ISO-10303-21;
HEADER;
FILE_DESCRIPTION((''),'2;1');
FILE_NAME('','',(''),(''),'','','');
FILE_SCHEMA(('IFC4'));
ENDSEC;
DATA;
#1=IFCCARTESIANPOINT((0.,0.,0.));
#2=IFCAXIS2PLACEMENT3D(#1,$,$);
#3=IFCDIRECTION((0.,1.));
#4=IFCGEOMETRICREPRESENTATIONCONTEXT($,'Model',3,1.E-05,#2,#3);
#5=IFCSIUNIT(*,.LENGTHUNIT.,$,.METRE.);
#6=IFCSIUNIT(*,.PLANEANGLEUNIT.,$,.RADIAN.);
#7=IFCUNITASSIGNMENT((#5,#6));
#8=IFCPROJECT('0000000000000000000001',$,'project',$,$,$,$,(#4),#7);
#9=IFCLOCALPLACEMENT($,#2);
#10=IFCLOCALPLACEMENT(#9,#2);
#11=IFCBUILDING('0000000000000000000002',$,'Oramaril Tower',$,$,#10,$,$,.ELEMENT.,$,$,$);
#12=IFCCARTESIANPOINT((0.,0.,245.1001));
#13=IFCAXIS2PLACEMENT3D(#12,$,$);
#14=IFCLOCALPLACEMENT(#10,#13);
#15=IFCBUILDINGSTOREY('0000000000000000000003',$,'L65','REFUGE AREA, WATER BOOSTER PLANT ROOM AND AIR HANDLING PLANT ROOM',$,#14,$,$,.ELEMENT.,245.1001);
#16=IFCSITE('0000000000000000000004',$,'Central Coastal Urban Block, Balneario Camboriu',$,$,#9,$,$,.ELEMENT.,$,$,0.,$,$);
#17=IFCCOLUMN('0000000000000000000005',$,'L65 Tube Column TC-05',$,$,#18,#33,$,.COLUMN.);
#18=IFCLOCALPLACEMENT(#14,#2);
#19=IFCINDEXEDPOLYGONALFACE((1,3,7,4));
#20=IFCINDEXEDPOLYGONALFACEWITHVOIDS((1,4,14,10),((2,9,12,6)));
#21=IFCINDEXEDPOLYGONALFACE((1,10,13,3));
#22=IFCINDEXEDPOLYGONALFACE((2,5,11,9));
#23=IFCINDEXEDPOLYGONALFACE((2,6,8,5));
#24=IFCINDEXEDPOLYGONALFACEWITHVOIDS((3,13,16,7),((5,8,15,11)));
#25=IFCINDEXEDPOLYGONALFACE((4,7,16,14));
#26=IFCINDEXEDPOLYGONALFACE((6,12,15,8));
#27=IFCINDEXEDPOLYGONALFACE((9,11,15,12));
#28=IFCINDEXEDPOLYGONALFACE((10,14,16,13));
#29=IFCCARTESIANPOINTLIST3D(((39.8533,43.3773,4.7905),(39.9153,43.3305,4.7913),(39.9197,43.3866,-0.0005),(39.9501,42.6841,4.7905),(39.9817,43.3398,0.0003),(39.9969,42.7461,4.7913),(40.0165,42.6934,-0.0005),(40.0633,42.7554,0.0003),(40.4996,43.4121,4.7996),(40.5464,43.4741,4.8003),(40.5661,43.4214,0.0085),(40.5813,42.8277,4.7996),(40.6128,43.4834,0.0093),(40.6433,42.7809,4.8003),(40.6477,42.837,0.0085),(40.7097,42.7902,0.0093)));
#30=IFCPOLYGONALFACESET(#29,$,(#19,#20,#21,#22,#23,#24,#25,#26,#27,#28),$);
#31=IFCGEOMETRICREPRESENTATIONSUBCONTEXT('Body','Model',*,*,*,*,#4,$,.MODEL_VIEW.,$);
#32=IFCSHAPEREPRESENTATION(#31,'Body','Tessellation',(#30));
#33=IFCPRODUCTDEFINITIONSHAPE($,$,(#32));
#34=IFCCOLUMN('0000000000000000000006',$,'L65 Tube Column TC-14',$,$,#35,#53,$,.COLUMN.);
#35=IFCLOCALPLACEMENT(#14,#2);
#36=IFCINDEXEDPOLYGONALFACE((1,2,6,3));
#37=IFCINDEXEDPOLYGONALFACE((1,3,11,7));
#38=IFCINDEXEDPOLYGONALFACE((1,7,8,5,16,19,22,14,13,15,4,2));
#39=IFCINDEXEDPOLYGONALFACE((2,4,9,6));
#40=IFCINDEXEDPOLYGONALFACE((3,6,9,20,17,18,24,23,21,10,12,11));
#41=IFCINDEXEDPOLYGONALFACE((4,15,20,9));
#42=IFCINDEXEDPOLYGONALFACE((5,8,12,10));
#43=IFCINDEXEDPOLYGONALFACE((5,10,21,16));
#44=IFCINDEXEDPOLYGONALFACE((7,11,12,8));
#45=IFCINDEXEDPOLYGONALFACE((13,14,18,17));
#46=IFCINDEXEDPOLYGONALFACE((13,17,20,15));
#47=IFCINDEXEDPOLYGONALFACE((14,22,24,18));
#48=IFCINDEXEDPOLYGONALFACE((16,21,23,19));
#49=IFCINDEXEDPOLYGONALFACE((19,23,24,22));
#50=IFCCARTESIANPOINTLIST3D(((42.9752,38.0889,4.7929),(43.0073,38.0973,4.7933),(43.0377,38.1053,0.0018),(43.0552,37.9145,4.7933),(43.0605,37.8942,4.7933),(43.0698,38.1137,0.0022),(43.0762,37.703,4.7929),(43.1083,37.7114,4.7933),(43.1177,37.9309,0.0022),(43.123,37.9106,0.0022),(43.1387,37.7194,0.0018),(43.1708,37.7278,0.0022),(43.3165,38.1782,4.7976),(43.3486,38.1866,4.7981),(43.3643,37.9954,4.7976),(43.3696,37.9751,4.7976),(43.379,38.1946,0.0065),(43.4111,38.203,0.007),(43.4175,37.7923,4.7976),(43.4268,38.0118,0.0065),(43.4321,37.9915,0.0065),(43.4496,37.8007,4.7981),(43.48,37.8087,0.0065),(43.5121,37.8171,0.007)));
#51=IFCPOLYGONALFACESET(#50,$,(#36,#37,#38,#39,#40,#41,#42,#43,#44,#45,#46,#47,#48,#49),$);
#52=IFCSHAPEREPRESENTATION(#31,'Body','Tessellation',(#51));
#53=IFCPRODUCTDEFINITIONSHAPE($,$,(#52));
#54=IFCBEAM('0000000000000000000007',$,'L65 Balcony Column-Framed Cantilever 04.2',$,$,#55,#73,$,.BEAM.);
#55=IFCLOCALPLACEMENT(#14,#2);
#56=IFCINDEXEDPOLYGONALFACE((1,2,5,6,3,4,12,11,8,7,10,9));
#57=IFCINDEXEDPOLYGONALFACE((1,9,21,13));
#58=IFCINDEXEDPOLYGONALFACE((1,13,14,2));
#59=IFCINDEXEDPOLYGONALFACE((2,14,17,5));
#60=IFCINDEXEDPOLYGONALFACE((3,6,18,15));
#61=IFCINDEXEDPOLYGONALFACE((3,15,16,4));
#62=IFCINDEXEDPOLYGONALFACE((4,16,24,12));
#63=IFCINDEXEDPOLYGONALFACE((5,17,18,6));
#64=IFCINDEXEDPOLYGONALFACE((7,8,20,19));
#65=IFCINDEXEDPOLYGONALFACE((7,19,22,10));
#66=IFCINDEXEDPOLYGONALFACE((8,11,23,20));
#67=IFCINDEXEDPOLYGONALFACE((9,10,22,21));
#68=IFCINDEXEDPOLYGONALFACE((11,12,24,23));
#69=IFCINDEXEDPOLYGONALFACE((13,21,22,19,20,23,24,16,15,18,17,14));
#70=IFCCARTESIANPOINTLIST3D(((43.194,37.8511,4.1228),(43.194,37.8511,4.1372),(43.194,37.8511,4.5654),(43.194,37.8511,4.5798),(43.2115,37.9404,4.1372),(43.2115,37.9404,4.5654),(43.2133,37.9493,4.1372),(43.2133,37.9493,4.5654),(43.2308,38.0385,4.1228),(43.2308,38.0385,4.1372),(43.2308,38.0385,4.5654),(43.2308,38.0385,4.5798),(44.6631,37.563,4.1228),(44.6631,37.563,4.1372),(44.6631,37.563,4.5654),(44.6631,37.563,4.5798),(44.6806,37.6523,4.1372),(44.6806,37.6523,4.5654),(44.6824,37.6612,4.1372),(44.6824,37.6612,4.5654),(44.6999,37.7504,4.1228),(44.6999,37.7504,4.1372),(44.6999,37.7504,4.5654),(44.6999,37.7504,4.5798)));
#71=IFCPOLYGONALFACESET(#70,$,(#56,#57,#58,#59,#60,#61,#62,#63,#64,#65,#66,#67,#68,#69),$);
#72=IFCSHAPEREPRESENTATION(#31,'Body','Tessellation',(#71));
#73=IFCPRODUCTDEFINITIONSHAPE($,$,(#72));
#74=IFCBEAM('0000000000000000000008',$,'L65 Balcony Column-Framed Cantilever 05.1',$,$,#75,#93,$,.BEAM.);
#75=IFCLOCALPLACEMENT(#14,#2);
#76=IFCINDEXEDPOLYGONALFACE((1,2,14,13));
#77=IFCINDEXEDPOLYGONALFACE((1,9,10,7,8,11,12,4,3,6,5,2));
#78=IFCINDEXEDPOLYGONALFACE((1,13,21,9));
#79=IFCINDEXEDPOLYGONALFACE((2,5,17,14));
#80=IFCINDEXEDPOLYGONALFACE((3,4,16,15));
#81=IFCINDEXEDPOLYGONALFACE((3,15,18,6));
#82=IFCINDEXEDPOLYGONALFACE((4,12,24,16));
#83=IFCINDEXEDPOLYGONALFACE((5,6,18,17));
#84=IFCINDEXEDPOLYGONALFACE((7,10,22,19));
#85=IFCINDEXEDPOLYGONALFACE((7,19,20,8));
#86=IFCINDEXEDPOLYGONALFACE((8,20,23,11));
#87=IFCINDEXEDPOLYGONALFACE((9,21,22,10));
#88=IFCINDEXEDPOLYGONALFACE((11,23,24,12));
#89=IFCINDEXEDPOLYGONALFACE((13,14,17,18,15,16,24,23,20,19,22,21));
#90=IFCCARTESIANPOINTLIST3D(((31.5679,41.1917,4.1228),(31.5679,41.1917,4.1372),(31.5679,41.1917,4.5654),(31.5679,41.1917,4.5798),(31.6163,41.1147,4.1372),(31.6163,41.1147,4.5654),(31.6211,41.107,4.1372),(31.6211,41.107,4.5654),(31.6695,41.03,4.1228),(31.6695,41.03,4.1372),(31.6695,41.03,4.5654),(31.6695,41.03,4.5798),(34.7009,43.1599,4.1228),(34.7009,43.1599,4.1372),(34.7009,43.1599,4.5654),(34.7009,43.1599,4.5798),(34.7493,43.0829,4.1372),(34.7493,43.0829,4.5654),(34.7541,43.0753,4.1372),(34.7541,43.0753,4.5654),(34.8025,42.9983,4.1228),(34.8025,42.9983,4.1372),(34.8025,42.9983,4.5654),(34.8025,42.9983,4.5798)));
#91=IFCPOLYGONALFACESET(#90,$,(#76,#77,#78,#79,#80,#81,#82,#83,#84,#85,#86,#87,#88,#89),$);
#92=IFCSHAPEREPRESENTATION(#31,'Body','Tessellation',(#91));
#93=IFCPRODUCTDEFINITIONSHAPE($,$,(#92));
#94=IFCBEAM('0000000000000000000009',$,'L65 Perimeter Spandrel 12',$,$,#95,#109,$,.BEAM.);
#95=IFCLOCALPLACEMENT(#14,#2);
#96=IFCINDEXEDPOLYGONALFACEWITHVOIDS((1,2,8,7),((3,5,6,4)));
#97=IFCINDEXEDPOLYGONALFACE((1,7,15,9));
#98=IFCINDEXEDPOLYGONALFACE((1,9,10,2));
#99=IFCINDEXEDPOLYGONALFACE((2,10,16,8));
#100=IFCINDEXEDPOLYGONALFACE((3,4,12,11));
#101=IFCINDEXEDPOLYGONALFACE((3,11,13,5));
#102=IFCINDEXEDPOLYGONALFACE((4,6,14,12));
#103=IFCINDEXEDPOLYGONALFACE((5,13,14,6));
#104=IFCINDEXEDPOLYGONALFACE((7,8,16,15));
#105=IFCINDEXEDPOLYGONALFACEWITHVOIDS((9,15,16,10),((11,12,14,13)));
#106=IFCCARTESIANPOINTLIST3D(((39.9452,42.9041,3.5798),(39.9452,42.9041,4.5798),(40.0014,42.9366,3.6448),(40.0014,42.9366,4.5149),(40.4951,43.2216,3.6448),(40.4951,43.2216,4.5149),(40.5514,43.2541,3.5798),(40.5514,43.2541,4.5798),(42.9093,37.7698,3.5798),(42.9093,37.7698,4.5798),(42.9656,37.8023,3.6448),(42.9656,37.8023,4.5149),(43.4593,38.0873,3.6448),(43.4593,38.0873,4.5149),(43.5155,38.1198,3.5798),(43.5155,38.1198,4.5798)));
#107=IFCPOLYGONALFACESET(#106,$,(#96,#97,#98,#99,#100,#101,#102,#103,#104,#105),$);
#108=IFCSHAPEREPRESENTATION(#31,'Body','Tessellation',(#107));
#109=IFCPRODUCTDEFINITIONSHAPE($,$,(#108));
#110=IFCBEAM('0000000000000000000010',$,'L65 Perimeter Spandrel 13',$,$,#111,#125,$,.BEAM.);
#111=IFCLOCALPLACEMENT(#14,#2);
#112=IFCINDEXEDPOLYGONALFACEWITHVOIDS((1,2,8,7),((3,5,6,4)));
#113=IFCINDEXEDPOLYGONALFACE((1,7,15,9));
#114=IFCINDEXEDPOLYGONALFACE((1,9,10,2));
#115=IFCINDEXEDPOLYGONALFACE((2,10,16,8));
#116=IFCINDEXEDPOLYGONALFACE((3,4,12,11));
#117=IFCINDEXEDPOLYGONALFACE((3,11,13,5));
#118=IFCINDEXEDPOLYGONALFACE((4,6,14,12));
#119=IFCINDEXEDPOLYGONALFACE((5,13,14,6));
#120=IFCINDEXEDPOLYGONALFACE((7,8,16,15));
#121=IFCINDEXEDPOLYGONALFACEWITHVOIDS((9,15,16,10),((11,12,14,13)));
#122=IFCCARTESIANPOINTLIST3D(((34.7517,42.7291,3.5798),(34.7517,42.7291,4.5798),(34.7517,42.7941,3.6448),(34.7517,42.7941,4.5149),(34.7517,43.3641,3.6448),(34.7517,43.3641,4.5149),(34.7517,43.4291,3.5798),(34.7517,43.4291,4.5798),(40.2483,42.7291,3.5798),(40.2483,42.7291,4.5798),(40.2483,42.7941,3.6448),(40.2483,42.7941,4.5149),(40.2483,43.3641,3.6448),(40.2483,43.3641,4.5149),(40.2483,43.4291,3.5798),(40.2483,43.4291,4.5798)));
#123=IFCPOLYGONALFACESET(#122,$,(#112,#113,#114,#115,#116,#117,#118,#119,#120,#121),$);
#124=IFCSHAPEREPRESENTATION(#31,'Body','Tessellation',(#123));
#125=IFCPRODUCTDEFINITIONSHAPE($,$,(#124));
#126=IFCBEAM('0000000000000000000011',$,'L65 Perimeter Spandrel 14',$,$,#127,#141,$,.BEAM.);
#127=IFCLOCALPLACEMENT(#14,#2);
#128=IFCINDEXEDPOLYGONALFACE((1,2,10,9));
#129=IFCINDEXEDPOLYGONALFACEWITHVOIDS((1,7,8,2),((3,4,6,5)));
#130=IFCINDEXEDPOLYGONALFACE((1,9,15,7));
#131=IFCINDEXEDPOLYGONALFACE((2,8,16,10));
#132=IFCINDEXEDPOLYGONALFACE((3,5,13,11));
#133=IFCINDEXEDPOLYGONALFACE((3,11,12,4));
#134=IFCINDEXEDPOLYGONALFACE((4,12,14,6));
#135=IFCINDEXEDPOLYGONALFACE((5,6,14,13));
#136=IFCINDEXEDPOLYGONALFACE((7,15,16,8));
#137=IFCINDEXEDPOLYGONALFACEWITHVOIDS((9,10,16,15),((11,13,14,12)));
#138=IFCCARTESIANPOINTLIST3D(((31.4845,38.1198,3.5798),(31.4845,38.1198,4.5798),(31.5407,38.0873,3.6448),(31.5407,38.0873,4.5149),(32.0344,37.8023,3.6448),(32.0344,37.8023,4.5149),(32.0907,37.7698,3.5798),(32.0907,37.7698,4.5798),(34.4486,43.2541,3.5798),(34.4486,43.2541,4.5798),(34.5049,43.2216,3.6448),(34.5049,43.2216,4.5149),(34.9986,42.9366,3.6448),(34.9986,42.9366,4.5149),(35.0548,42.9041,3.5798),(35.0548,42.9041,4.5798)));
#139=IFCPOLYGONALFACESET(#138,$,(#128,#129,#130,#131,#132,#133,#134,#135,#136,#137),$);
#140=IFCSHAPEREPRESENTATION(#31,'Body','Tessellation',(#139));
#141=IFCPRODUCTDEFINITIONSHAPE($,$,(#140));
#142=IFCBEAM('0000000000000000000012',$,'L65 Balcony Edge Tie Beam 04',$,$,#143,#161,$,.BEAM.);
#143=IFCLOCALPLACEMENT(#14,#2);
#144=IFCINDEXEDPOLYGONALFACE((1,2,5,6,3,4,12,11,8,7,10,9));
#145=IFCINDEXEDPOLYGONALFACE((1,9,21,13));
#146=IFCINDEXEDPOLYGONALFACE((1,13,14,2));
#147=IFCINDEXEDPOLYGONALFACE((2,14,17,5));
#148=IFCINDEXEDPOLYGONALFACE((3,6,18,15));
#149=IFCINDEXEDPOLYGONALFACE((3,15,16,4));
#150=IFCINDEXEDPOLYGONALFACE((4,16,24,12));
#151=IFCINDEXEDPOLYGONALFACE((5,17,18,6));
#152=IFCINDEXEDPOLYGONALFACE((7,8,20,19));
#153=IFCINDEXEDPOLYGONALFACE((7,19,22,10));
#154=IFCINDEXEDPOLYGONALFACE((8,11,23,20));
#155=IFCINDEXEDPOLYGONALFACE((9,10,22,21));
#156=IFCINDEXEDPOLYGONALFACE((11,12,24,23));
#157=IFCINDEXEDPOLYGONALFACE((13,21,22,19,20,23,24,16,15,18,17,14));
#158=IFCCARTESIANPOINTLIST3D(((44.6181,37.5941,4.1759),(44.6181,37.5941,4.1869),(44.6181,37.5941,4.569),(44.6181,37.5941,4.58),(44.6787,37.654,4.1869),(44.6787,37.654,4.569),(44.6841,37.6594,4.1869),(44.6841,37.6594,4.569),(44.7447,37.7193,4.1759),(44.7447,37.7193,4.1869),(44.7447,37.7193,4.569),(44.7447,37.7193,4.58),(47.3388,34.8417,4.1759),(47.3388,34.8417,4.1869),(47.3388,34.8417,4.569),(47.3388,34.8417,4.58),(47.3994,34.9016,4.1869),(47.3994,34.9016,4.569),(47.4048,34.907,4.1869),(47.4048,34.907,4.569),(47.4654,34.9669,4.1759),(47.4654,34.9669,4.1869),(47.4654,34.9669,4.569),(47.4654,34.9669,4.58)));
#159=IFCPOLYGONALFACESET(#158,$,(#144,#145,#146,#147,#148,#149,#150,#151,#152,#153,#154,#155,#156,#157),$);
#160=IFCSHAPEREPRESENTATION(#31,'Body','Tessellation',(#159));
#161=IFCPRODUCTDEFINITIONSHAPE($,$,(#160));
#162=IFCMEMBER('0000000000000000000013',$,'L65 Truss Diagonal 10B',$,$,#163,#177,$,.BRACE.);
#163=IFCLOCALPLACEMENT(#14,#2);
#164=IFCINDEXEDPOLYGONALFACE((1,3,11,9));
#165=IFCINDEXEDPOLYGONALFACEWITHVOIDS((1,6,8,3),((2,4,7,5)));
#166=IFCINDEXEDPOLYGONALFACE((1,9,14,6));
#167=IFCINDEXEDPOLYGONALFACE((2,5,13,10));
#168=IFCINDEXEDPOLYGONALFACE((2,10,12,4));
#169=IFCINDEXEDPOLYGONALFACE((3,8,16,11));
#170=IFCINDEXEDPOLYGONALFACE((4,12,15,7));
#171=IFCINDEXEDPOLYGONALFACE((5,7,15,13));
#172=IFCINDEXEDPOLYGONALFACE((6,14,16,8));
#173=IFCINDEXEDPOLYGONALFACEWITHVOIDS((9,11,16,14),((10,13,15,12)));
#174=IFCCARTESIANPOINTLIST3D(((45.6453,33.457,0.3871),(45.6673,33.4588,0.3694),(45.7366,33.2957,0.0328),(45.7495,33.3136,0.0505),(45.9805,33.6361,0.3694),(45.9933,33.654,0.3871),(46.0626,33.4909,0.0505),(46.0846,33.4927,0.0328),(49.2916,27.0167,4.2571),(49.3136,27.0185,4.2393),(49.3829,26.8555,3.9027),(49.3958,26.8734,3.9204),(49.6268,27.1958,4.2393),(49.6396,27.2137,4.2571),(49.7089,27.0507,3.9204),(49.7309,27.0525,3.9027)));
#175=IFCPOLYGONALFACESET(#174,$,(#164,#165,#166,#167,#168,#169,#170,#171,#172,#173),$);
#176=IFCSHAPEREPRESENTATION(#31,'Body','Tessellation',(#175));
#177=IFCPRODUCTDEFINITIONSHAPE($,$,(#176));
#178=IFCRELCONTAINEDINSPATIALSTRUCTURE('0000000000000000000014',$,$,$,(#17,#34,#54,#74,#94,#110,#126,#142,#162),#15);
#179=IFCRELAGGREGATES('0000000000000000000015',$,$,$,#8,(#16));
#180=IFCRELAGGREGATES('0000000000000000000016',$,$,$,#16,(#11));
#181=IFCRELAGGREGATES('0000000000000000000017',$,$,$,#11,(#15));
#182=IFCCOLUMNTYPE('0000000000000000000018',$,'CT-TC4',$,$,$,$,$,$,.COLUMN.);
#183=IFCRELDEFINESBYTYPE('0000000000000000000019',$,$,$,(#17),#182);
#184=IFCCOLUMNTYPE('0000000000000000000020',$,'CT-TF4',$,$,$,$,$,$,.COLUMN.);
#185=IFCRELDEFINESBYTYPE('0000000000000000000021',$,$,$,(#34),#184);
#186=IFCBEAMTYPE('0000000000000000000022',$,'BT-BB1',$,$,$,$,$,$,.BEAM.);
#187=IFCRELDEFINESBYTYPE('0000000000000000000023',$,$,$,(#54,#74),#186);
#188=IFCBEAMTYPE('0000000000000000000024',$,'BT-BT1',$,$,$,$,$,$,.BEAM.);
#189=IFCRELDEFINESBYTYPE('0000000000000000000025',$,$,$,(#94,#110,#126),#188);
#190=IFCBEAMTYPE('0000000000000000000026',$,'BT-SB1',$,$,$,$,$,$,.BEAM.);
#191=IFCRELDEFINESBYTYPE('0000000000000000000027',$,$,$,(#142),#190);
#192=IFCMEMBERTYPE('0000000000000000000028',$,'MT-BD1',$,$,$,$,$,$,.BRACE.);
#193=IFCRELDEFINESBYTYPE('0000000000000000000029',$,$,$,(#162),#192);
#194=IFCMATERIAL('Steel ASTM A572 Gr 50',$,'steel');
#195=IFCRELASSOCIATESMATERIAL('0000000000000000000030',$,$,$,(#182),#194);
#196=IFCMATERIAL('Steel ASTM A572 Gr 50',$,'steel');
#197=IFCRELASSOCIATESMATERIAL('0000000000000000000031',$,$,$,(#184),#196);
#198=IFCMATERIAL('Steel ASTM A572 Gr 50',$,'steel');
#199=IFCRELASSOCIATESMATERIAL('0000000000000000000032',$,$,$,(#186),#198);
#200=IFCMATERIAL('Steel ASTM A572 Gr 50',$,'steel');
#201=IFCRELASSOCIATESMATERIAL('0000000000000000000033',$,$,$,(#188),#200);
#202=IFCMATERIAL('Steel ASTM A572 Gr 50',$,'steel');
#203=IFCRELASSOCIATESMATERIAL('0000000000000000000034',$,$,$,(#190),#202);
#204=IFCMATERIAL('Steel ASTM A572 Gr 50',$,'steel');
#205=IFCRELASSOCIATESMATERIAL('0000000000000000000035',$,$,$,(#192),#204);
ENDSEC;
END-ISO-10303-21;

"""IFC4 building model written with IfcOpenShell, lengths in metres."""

from ifc_helpers import new_model, si_unit, direction, frame, origin, origin_2d, place, context, subcontext, project, spatial, hollow_rectangle, i_section, extrude, material, material_profile, profile_set, type_object, element, save


model = new_model("IFC4")

# Units and contexts
model_context = context("Model", 3, precision=1e-05, world=origin(), true_north=direction((0.0, 1.0)))
body_context = subcontext(model_context, "Body", "Model", "MODEL_VIEW")
ifc_project = project(units=[si_unit("LENGTHUNIT", "METRE"), si_unit("PLANEANGLEUNIT", "RADIAN")], contexts=[model_context])

# Site, building, storey
site_placement = place(None, origin())
site = spatial("IfcSite", under=ifc_project, at=site_placement, Name="Central Coastal Urban Block, Balneario Camboriu", CompositionType="ELEMENT", RefElevation=0.0)
building_placement = place(site_placement, origin())
building = spatial("IfcBuilding", under=site, at=building_placement, Name="Oramaril Tower", CompositionType="ELEMENT")
storey_placement = place(building_placement, frame((0.0, 0.0, 245.1001)))
storey = spatial("IfcBuildingStorey", under=building, at=storey_placement, Name="L65", Description="REFUGE AREA, WATER BOOSTER PLANT ROOM AND AIR HANDLING PLANT ROOM", CompositionType="ELEMENT", Elevation=245.1001)

# Columns
ifc_material_1 = material(Name="Steel ASTM A572 Gr 50", Category="steel")
ifc_material_profile_1 = material_profile(ifc_material_1, hollow_rectangle(XDim=0.7, YDim=0.7, WallThickness=0.0549, at=origin_2d()), Name="BOX700X700X55")
ifc_profile_set_1 = profile_set([ifc_material_profile_1], Name="Steel ASTM A572 Gr 50")
column_type_1 = type_object("IfcColumnType", Name="CT-TC4", PredefinedType="COLUMN", material=ifc_profile_set_1)
column_1_placement = place(storey_placement, frame((40.3147, 43.0884, 0.0044), z_axis=(-0.013859, -0.001936, 0.999902), x_axis=(0.138362, -0.990382, 0.0)))
element("IfcColumn", 1, at=column_1_placement, inside=storey, type_object=column_type_1, Name="L65 Tube Column TC-05", PredefinedType="COLUMN", context=body_context, shape_type="SweptSolid", body=[
    extrude(hollow_rectangle(XDim=0.7, YDim=0.7, WallThickness=0.0549, at=origin_2d()), origin(), (0.0, 0.0, 1.0), 4.7915),
])
ifc_material_2 = material(Name="Steel ASTM A572 Gr 50", Category="steel")
ifc_material_profile_2 = material_profile(ifc_material_2, i_section(OverallWidth=0.3989, OverallDepth=0.386, WebThickness=0.021, FlangeThickness=0.0332, at=origin_2d()), Name="W14X176")
ifc_profile_set_2 = profile_set([ifc_material_profile_2], Name="Steel ASTM A572 Gr 50")
column_type_2 = type_object("IfcColumnType", Name="CT-TF4", PredefinedType="COLUMN", material=ifc_profile_set_2)
column_2_placement = place(storey_placement, frame((43.2749, 37.9612, 0.0044), z_axis=(-0.013044, -0.003414, 0.999909), x_axis=(0.253191, -0.967416, 0.0)))
element("IfcColumn", 2, at=column_2_placement, inside=storey, type_object=column_type_2, Name="L65 Tube Column TC-14", PredefinedType="COLUMN", context=body_context, shape_type="SweptSolid", body=[
    extrude(i_section(OverallWidth=0.3989, OverallDepth=0.386, WebThickness=0.021, FlangeThickness=0.0332, at=origin_2d()), origin(), (0.0, 0.0, 1.0), 4.7915),
])

# Beams
ifc_material_3 = material(Name="Steel ASTM A572 Gr 50", Category="steel")
ifc_material_profile_3 = material_profile(ifc_material_3, i_section(OverallWidth=0.1909, OverallDepth=0.457, WebThickness=0.009, FlangeThickness=0.0144, at=origin_2d()), Name="W18X50")
ifc_profile_set_3 = profile_set([ifc_material_profile_3], Name="Steel ASTM A572 Gr 50")
beam_type_1 = type_object("IfcBeamType", Name="BT-BB1", PredefinedType="BEAM", material=ifc_profile_set_3)
beam_1_placement = place(storey_placement, frame((43.2124, 37.9448, 4.3513), z_axis=(0.981308, -0.192445, 0.0), x_axis=(0.192445, 0.981308, 0.0)))
element("IfcBeam", 3, at=beam_1_placement, inside=storey, type_object=beam_type_1, Name="L65 Balcony Column-Framed Cantilever 04.2", PredefinedType="BEAM", context=body_context, shape_type="SweptSolid", body=[
    extrude(i_section(OverallWidth=0.1909, OverallDepth=0.457, WebThickness=0.009, FlangeThickness=0.0144, at=origin_2d()), origin(), (0.0, 0.0, 1.0), 1.4971),
])
beam_2_placement = place(storey_placement, frame((34.7517, 43.0791, 4.3513), z_axis=(-0.846769, -0.531961, 0.0), x_axis=(0.531961, -0.846769, 0.0)))
element("IfcBeam", 4, at=beam_2_placement, inside=storey, type_object=beam_type_1, Name="L65 Balcony Column-Framed Cantilever 05.1", PredefinedType="BEAM", context=body_context, shape_type="SweptSolid", body=[
    extrude(i_section(OverallWidth=0.1909, OverallDepth=0.457, WebThickness=0.009, FlangeThickness=0.0144, at=origin_2d()), origin(), (0.0, 0.0, 1.0), 3.7),
])
ifc_material_4 = material(Name="Steel ASTM A572 Gr 50", Category="steel")
ifc_material_profile_4 = material_profile(ifc_material_4, hollow_rectangle(XDim=0.7, YDim=1.0, WallThickness=0.0649, at=origin_2d()), Name="BOX1000X700X65")
ifc_profile_set_4 = profile_set([ifc_material_profile_4], Name="Steel ASTM A572 Gr 50")
beam_type_2 = type_object("IfcBeamType", Name="BT-BT1", PredefinedType="BEAM", material=ifc_profile_set_4)
beam_3_placement = place(storey_placement, frame((43.2124, 37.9448, 4.0798), z_axis=(-0.499979, 0.866037, 0.0), x_axis=(-0.866037, -0.499979, 0.0)))
element("IfcBeam", 5, at=beam_3_placement, inside=storey, type_object=beam_type_2, Name="L65 Perimeter Spandrel 12", PredefinedType="BEAM", context=body_context, shape_type="SweptSolid", body=[
    extrude(hollow_rectangle(XDim=0.7, YDim=1.0, WallThickness=0.0649, at=origin_2d()), origin(), (0.0, 0.0, 1.0), 5.9285),
])
beam_4_placement = place(storey_placement, frame((40.2483, 43.0791, 4.0798), z_axis=(-1.0, 0.0, 0.0), x_axis=(0.0, -1.0, 0.0)))
element("IfcBeam", 6, at=beam_4_placement, inside=storey, type_object=beam_type_2, Name="L65 Perimeter Spandrel 13", PredefinedType="BEAM", context=body_context, shape_type="SweptSolid", body=[
    extrude(hollow_rectangle(XDim=0.7, YDim=1.0, WallThickness=0.0649, at=origin_2d()), origin(), (0.0, 0.0, 1.0), 5.4966),
])
beam_5_placement = place(storey_placement, frame((34.7517, 43.0791, 4.0798), z_axis=(-0.499979, -0.866037, 0.0), x_axis=(0.866037, -0.499979, 0.0)))
element("IfcBeam", 7, at=beam_5_placement, inside=storey, type_object=beam_type_2, Name="L65 Perimeter Spandrel 14", PredefinedType="BEAM", context=body_context, shape_type="SweptSolid", body=[
    extrude(hollow_rectangle(XDim=0.7, YDim=1.0, WallThickness=0.0649, at=origin_2d()), origin(), (0.0, 0.0, 1.0), 5.9285),
])
ifc_material_5 = material(Name="Steel ASTM A572 Gr 50", Category="steel")
ifc_material_profile_5 = material_profile(ifc_material_5, i_section(OverallWidth=0.178, OverallDepth=0.4041, WebThickness=0.0076, FlangeThickness=0.011, at=origin_2d()), Name="W16X36")
ifc_profile_set_5 = profile_set([ifc_material_profile_5], Name="Steel ASTM A572 Gr 50")
beam_type_3 = type_object("IfcBeamType", Name="BT-SB1", PredefinedType="BEAM", material=ifc_profile_set_5)
beam_6_placement = place(storey_placement, frame((47.4021, 34.9043, 4.3779), z_axis=(-0.702995, 0.711195, 0.0), x_axis=(-0.711195, -0.702995, 0.0)))
element("IfcBeam", 8, at=beam_6_placement, inside=storey, type_object=beam_type_3, Name="L65 Balcony Edge Tie Beam 04", PredefinedType="BEAM", context=body_context, shape_type="SweptSolid", body=[
    extrude(i_section(OverallWidth=0.178, OverallDepth=0.4041, WebThickness=0.0076, FlangeThickness=0.011, at=origin_2d()), origin(), (0.0, 0.0, 1.0), 3.8701),
])

# Member
ifc_material_6 = material(Name="Steel ASTM A572 Gr 50", Category="steel")
ifc_material_profile_6 = material_profile(ifc_material_6, hollow_rectangle(XDim=0.3999, YDim=0.3999, WallThickness=0.02, at=origin_2d()), Name="HSS400X400X20")
ifc_profile_set_6 = profile_set([ifc_material_profile_6], Name="Steel ASTM A572 Gr 50")
member_type_1 = type_object("IfcMemberType", Name="MT-BD1", PredefinedType="BRACE", material=ifc_profile_set_6)
member_1_placement = place(storey_placement, frame((45.865, 33.4749, 0.21), z_axis=(0.436599, -0.771144, 0.463377), x_axis=(0.870207, 0.492685, 0.0)))
element("IfcMember", 9, at=member_1_placement, inside=storey, type_object=member_type_1, Name="L65 Truss Diagonal 10B", PredefinedType="BRACE", context=body_context, shape_type="SweptSolid", body=[
    extrude(hollow_rectangle(XDim=0.3999, YDim=0.3999, WallThickness=0.02, at=origin_2d()), origin(), (0.0, 0.0, 1.0), 8.3516),
])

save(model, "model.ifc")
